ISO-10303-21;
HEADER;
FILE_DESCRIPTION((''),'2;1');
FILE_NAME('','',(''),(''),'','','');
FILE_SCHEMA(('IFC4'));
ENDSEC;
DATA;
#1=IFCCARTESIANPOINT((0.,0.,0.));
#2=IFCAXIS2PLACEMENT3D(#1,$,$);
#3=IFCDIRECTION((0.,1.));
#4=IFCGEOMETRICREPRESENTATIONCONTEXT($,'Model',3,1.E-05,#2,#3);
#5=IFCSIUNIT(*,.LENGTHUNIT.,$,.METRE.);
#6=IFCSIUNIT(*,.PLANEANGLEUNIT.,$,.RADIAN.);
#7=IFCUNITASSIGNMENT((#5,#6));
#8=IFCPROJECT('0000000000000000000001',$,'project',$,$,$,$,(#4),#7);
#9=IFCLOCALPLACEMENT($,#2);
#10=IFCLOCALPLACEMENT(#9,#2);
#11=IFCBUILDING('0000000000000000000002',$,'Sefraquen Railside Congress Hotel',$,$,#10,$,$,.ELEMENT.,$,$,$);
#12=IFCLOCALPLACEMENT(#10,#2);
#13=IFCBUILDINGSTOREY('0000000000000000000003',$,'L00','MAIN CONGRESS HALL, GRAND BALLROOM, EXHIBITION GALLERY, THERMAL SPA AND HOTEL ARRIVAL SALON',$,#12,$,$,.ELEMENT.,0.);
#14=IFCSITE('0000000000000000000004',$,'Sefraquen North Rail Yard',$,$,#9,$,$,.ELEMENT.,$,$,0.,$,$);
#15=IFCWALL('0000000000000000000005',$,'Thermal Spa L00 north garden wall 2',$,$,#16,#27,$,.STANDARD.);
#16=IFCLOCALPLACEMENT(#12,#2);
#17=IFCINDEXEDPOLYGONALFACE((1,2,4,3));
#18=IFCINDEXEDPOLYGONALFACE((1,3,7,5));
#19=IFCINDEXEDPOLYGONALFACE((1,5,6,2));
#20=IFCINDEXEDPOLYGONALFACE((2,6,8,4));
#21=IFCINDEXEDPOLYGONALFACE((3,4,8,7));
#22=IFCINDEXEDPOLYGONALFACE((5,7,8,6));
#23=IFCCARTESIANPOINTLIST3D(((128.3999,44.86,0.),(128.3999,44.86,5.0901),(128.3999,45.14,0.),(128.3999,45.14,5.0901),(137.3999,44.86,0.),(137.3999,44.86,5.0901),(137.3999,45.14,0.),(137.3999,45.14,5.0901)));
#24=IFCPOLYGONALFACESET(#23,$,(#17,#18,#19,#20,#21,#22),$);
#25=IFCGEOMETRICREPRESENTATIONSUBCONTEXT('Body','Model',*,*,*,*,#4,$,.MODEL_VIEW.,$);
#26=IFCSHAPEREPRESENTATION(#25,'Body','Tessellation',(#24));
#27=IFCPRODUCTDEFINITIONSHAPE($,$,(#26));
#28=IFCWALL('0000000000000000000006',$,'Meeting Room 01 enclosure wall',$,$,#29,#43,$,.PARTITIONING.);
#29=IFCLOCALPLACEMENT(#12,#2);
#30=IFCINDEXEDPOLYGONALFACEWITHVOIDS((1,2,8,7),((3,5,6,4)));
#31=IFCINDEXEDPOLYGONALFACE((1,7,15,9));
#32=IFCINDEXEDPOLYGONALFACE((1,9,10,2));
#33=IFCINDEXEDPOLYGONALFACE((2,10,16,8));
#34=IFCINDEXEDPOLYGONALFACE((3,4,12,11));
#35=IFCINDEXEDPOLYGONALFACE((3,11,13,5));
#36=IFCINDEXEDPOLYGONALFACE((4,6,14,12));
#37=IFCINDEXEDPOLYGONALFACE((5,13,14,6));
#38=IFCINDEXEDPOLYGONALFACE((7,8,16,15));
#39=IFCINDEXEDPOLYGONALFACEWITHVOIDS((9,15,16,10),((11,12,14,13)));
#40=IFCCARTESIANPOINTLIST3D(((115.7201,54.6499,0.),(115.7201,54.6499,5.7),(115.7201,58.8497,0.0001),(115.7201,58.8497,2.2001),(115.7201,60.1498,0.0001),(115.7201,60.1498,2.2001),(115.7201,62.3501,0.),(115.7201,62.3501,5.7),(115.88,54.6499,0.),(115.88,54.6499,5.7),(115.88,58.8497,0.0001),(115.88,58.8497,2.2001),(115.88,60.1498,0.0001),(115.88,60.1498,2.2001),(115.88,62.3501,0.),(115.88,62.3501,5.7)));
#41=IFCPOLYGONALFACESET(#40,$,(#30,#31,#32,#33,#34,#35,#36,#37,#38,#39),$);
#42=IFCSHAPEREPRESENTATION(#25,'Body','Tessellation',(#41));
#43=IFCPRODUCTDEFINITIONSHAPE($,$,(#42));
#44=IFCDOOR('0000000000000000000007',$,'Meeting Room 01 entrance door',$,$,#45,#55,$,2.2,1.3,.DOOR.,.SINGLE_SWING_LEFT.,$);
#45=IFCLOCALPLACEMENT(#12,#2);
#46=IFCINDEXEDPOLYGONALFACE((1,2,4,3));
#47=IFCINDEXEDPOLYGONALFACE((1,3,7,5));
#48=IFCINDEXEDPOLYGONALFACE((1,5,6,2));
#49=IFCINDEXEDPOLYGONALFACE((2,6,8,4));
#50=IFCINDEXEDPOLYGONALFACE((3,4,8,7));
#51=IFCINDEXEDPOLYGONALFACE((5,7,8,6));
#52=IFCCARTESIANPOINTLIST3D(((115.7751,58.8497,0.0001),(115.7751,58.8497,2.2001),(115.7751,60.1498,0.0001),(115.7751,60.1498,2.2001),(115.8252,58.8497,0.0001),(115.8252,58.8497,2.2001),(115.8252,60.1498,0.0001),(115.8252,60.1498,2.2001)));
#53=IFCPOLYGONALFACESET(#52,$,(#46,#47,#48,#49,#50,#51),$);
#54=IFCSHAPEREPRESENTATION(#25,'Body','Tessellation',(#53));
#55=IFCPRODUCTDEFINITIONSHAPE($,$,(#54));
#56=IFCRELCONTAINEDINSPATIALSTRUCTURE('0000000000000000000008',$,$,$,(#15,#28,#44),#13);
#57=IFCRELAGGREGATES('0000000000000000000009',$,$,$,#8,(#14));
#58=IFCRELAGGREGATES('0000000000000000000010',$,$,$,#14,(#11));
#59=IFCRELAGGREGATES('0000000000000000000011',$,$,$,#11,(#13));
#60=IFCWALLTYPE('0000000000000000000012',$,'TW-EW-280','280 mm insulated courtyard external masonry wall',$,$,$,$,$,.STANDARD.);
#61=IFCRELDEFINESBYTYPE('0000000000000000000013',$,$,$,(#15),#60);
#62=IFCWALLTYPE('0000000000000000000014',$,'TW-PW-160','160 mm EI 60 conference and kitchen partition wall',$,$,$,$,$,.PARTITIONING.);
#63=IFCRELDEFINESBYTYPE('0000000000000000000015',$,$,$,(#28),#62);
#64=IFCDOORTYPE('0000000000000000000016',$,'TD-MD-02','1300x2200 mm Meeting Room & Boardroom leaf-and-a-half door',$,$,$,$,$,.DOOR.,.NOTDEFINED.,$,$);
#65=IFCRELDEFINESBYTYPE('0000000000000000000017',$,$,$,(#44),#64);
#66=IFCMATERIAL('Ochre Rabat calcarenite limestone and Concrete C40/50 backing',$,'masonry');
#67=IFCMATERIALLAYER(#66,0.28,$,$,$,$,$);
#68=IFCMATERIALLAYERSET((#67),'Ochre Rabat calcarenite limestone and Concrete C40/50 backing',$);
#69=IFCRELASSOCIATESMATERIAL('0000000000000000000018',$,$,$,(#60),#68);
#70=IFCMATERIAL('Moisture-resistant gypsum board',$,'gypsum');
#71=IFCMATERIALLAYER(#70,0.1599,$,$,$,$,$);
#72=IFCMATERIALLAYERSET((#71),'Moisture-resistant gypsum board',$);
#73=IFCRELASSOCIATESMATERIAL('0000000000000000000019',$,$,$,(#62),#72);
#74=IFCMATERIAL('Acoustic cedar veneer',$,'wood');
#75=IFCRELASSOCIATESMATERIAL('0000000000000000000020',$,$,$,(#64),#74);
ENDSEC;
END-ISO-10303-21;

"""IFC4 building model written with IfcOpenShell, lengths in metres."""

from ifc_helpers import new_model, si_unit, direction, frame, frame_2d, origin, place, context, subcontext, project, spatial, rectangle, extrude, material, layer, layer_set, type_object, element, fill, save


model = new_model("IFC4")

# Units and contexts
model_context = context("Model", 3, precision=1e-05, world=origin(), true_north=direction((0.0, 1.0)))
body_context = subcontext(model_context, "Body", "Model", "MODEL_VIEW")
ifc_project = project(units=[si_unit("LENGTHUNIT", "METRE"), si_unit("PLANEANGLEUNIT", "RADIAN")], contexts=[model_context])

# Site, building, storey
site_placement = place(None, origin())
site = spatial("IfcSite", under=ifc_project, at=site_placement, Name="Sefraquen North Rail Yard", CompositionType="ELEMENT", RefElevation=0.0)
building_placement = place(site_placement, origin())
building = spatial("IfcBuilding", under=site, at=building_placement, Name="Sefraquen Railside Congress Hotel", CompositionType="ELEMENT")
storey_placement = place(building_placement, origin())
storey = spatial("IfcBuildingStorey", under=building, at=storey_placement, Name="L00", Description="MAIN CONGRESS HALL, GRAND BALLROOM, EXHIBITION GALLERY, THERMAL SPA AND HOTEL ARRIVAL SALON", CompositionType="ELEMENT", Elevation=0.0)

# Shared definitions
ifc_material_1 = material(Name="Ochre Rabat calcarenite limestone and Concrete C40/50 backing", Category="masonry")
ifc_layer_1 = layer(ifc_material_1, 0.28)
ifc_layer_set_1 = layer_set([ifc_layer_1], Name="Ochre Rabat calcarenite limestone and Concrete C40/50 backing")
wall_type_1 = type_object("IfcWallType", Name="TW-EW-280", Description="280 mm insulated courtyard external masonry wall", PredefinedType="STANDARD", material=ifc_layer_set_1)

# Wall
wall_1_placement = place(storey_placement, frame((128.3999, 45.0, 0.0), z_axis=(0.0, 0.0, 1.0), x_axis=(1.0, 0.0, 0.0)))
element("IfcWall", 1, at=wall_1_placement, inside=storey, type_object=wall_type_1, Name="Thermal Spa L00 north garden wall 2", PredefinedType="STANDARD", context=body_context, shape_type="SweptSolid", body=[
    extrude(rectangle(XDim=9.0, YDim=0.28, at=frame_2d((4.5, 0.0))), origin(), (0.0, 0.0, 1.0), 5.0901),
])

# Wall, opening, door
ifc_material_2 = material(Name="Moisture-resistant gypsum board", Category="gypsum")
ifc_layer_2 = layer(ifc_material_2, 0.1599)
ifc_layer_set_2 = layer_set([ifc_layer_2], Name="Moisture-resistant gypsum board")
wall_type_2 = type_object("IfcWallType", Name="TW-PW-160", Description="160 mm EI 60 conference and kitchen partition wall", PredefinedType="PARTITIONING", material=ifc_layer_set_2)
wall_2_placement = place(storey_placement, frame((115.8, 54.6499, 0.0), z_axis=(0.0, 0.0, 1.0), x_axis=(0.0, 1.0, 0.0)))
wall_2 = element("IfcWall", 2, at=wall_2_placement, inside=storey, type_object=wall_type_2, Name="Meeting Room 01 enclosure wall", PredefinedType="PARTITIONING", context=body_context, shape_type="SweptSolid", body=[
    extrude(rectangle(XDim=7.7002, YDim=0.1599, at=frame_2d((3.8501, 0.0))), origin(), (0.0, 0.0, 1.0), 5.7),
])
opening_1_placement = place(wall_2_placement, frame((4.2, 0.0, 0.0)))
opening_1 = element("IfcOpeningElement", 3, at=opening_1_placement, cuts=wall_2, PredefinedType="OPENING", context=body_context, shape_type="SweptSolid", body=[
    extrude(rectangle(XDim=1.3, YDim=2.2, at=frame_2d((0.6499, 1.1001))), frame((0.0, 0.0898, 0.0), z_axis=(0.0, -1.0, 0.0), x_axis=(1.0, 0.0, 0.0)), (0.0, 0.0, 1.0), 0.1799),
])
ifc_material_3 = material(Name="Acoustic cedar veneer", Category="wood")
door_type_1 = type_object("IfcDoorType", Name="TD-MD-02", Description="1300x2200 mm Meeting Room & Boardroom leaf-and-a-half door", OperationType="NOTDEFINED", PredefinedType="DOOR", material=ifc_material_3)
door_1_placement = place(opening_1_placement, origin())
door_1 = element("IfcDoor", 4, at=door_1_placement, inside=storey, type_object=door_type_1, Name="Meeting Room 01 entrance door", OperationType="SINGLE_SWING_LEFT", OverallHeight=2.2, OverallWidth=1.3, PredefinedType="DOOR", context=body_context, shape_type="SweptSolid", body=[
    extrude(rectangle(XDim=1.3, YDim=2.2, at=frame_2d((0.6499, 1.1001))), frame((0.0, 0.0249, 0.0), z_axis=(0.0, -1.0, 0.0), x_axis=(1.0, 0.0, 0.0)), (0.0, 0.0, 1.0), 0.05),
])
fill(opening_1, door_1)

save(model, "model.ifc")
